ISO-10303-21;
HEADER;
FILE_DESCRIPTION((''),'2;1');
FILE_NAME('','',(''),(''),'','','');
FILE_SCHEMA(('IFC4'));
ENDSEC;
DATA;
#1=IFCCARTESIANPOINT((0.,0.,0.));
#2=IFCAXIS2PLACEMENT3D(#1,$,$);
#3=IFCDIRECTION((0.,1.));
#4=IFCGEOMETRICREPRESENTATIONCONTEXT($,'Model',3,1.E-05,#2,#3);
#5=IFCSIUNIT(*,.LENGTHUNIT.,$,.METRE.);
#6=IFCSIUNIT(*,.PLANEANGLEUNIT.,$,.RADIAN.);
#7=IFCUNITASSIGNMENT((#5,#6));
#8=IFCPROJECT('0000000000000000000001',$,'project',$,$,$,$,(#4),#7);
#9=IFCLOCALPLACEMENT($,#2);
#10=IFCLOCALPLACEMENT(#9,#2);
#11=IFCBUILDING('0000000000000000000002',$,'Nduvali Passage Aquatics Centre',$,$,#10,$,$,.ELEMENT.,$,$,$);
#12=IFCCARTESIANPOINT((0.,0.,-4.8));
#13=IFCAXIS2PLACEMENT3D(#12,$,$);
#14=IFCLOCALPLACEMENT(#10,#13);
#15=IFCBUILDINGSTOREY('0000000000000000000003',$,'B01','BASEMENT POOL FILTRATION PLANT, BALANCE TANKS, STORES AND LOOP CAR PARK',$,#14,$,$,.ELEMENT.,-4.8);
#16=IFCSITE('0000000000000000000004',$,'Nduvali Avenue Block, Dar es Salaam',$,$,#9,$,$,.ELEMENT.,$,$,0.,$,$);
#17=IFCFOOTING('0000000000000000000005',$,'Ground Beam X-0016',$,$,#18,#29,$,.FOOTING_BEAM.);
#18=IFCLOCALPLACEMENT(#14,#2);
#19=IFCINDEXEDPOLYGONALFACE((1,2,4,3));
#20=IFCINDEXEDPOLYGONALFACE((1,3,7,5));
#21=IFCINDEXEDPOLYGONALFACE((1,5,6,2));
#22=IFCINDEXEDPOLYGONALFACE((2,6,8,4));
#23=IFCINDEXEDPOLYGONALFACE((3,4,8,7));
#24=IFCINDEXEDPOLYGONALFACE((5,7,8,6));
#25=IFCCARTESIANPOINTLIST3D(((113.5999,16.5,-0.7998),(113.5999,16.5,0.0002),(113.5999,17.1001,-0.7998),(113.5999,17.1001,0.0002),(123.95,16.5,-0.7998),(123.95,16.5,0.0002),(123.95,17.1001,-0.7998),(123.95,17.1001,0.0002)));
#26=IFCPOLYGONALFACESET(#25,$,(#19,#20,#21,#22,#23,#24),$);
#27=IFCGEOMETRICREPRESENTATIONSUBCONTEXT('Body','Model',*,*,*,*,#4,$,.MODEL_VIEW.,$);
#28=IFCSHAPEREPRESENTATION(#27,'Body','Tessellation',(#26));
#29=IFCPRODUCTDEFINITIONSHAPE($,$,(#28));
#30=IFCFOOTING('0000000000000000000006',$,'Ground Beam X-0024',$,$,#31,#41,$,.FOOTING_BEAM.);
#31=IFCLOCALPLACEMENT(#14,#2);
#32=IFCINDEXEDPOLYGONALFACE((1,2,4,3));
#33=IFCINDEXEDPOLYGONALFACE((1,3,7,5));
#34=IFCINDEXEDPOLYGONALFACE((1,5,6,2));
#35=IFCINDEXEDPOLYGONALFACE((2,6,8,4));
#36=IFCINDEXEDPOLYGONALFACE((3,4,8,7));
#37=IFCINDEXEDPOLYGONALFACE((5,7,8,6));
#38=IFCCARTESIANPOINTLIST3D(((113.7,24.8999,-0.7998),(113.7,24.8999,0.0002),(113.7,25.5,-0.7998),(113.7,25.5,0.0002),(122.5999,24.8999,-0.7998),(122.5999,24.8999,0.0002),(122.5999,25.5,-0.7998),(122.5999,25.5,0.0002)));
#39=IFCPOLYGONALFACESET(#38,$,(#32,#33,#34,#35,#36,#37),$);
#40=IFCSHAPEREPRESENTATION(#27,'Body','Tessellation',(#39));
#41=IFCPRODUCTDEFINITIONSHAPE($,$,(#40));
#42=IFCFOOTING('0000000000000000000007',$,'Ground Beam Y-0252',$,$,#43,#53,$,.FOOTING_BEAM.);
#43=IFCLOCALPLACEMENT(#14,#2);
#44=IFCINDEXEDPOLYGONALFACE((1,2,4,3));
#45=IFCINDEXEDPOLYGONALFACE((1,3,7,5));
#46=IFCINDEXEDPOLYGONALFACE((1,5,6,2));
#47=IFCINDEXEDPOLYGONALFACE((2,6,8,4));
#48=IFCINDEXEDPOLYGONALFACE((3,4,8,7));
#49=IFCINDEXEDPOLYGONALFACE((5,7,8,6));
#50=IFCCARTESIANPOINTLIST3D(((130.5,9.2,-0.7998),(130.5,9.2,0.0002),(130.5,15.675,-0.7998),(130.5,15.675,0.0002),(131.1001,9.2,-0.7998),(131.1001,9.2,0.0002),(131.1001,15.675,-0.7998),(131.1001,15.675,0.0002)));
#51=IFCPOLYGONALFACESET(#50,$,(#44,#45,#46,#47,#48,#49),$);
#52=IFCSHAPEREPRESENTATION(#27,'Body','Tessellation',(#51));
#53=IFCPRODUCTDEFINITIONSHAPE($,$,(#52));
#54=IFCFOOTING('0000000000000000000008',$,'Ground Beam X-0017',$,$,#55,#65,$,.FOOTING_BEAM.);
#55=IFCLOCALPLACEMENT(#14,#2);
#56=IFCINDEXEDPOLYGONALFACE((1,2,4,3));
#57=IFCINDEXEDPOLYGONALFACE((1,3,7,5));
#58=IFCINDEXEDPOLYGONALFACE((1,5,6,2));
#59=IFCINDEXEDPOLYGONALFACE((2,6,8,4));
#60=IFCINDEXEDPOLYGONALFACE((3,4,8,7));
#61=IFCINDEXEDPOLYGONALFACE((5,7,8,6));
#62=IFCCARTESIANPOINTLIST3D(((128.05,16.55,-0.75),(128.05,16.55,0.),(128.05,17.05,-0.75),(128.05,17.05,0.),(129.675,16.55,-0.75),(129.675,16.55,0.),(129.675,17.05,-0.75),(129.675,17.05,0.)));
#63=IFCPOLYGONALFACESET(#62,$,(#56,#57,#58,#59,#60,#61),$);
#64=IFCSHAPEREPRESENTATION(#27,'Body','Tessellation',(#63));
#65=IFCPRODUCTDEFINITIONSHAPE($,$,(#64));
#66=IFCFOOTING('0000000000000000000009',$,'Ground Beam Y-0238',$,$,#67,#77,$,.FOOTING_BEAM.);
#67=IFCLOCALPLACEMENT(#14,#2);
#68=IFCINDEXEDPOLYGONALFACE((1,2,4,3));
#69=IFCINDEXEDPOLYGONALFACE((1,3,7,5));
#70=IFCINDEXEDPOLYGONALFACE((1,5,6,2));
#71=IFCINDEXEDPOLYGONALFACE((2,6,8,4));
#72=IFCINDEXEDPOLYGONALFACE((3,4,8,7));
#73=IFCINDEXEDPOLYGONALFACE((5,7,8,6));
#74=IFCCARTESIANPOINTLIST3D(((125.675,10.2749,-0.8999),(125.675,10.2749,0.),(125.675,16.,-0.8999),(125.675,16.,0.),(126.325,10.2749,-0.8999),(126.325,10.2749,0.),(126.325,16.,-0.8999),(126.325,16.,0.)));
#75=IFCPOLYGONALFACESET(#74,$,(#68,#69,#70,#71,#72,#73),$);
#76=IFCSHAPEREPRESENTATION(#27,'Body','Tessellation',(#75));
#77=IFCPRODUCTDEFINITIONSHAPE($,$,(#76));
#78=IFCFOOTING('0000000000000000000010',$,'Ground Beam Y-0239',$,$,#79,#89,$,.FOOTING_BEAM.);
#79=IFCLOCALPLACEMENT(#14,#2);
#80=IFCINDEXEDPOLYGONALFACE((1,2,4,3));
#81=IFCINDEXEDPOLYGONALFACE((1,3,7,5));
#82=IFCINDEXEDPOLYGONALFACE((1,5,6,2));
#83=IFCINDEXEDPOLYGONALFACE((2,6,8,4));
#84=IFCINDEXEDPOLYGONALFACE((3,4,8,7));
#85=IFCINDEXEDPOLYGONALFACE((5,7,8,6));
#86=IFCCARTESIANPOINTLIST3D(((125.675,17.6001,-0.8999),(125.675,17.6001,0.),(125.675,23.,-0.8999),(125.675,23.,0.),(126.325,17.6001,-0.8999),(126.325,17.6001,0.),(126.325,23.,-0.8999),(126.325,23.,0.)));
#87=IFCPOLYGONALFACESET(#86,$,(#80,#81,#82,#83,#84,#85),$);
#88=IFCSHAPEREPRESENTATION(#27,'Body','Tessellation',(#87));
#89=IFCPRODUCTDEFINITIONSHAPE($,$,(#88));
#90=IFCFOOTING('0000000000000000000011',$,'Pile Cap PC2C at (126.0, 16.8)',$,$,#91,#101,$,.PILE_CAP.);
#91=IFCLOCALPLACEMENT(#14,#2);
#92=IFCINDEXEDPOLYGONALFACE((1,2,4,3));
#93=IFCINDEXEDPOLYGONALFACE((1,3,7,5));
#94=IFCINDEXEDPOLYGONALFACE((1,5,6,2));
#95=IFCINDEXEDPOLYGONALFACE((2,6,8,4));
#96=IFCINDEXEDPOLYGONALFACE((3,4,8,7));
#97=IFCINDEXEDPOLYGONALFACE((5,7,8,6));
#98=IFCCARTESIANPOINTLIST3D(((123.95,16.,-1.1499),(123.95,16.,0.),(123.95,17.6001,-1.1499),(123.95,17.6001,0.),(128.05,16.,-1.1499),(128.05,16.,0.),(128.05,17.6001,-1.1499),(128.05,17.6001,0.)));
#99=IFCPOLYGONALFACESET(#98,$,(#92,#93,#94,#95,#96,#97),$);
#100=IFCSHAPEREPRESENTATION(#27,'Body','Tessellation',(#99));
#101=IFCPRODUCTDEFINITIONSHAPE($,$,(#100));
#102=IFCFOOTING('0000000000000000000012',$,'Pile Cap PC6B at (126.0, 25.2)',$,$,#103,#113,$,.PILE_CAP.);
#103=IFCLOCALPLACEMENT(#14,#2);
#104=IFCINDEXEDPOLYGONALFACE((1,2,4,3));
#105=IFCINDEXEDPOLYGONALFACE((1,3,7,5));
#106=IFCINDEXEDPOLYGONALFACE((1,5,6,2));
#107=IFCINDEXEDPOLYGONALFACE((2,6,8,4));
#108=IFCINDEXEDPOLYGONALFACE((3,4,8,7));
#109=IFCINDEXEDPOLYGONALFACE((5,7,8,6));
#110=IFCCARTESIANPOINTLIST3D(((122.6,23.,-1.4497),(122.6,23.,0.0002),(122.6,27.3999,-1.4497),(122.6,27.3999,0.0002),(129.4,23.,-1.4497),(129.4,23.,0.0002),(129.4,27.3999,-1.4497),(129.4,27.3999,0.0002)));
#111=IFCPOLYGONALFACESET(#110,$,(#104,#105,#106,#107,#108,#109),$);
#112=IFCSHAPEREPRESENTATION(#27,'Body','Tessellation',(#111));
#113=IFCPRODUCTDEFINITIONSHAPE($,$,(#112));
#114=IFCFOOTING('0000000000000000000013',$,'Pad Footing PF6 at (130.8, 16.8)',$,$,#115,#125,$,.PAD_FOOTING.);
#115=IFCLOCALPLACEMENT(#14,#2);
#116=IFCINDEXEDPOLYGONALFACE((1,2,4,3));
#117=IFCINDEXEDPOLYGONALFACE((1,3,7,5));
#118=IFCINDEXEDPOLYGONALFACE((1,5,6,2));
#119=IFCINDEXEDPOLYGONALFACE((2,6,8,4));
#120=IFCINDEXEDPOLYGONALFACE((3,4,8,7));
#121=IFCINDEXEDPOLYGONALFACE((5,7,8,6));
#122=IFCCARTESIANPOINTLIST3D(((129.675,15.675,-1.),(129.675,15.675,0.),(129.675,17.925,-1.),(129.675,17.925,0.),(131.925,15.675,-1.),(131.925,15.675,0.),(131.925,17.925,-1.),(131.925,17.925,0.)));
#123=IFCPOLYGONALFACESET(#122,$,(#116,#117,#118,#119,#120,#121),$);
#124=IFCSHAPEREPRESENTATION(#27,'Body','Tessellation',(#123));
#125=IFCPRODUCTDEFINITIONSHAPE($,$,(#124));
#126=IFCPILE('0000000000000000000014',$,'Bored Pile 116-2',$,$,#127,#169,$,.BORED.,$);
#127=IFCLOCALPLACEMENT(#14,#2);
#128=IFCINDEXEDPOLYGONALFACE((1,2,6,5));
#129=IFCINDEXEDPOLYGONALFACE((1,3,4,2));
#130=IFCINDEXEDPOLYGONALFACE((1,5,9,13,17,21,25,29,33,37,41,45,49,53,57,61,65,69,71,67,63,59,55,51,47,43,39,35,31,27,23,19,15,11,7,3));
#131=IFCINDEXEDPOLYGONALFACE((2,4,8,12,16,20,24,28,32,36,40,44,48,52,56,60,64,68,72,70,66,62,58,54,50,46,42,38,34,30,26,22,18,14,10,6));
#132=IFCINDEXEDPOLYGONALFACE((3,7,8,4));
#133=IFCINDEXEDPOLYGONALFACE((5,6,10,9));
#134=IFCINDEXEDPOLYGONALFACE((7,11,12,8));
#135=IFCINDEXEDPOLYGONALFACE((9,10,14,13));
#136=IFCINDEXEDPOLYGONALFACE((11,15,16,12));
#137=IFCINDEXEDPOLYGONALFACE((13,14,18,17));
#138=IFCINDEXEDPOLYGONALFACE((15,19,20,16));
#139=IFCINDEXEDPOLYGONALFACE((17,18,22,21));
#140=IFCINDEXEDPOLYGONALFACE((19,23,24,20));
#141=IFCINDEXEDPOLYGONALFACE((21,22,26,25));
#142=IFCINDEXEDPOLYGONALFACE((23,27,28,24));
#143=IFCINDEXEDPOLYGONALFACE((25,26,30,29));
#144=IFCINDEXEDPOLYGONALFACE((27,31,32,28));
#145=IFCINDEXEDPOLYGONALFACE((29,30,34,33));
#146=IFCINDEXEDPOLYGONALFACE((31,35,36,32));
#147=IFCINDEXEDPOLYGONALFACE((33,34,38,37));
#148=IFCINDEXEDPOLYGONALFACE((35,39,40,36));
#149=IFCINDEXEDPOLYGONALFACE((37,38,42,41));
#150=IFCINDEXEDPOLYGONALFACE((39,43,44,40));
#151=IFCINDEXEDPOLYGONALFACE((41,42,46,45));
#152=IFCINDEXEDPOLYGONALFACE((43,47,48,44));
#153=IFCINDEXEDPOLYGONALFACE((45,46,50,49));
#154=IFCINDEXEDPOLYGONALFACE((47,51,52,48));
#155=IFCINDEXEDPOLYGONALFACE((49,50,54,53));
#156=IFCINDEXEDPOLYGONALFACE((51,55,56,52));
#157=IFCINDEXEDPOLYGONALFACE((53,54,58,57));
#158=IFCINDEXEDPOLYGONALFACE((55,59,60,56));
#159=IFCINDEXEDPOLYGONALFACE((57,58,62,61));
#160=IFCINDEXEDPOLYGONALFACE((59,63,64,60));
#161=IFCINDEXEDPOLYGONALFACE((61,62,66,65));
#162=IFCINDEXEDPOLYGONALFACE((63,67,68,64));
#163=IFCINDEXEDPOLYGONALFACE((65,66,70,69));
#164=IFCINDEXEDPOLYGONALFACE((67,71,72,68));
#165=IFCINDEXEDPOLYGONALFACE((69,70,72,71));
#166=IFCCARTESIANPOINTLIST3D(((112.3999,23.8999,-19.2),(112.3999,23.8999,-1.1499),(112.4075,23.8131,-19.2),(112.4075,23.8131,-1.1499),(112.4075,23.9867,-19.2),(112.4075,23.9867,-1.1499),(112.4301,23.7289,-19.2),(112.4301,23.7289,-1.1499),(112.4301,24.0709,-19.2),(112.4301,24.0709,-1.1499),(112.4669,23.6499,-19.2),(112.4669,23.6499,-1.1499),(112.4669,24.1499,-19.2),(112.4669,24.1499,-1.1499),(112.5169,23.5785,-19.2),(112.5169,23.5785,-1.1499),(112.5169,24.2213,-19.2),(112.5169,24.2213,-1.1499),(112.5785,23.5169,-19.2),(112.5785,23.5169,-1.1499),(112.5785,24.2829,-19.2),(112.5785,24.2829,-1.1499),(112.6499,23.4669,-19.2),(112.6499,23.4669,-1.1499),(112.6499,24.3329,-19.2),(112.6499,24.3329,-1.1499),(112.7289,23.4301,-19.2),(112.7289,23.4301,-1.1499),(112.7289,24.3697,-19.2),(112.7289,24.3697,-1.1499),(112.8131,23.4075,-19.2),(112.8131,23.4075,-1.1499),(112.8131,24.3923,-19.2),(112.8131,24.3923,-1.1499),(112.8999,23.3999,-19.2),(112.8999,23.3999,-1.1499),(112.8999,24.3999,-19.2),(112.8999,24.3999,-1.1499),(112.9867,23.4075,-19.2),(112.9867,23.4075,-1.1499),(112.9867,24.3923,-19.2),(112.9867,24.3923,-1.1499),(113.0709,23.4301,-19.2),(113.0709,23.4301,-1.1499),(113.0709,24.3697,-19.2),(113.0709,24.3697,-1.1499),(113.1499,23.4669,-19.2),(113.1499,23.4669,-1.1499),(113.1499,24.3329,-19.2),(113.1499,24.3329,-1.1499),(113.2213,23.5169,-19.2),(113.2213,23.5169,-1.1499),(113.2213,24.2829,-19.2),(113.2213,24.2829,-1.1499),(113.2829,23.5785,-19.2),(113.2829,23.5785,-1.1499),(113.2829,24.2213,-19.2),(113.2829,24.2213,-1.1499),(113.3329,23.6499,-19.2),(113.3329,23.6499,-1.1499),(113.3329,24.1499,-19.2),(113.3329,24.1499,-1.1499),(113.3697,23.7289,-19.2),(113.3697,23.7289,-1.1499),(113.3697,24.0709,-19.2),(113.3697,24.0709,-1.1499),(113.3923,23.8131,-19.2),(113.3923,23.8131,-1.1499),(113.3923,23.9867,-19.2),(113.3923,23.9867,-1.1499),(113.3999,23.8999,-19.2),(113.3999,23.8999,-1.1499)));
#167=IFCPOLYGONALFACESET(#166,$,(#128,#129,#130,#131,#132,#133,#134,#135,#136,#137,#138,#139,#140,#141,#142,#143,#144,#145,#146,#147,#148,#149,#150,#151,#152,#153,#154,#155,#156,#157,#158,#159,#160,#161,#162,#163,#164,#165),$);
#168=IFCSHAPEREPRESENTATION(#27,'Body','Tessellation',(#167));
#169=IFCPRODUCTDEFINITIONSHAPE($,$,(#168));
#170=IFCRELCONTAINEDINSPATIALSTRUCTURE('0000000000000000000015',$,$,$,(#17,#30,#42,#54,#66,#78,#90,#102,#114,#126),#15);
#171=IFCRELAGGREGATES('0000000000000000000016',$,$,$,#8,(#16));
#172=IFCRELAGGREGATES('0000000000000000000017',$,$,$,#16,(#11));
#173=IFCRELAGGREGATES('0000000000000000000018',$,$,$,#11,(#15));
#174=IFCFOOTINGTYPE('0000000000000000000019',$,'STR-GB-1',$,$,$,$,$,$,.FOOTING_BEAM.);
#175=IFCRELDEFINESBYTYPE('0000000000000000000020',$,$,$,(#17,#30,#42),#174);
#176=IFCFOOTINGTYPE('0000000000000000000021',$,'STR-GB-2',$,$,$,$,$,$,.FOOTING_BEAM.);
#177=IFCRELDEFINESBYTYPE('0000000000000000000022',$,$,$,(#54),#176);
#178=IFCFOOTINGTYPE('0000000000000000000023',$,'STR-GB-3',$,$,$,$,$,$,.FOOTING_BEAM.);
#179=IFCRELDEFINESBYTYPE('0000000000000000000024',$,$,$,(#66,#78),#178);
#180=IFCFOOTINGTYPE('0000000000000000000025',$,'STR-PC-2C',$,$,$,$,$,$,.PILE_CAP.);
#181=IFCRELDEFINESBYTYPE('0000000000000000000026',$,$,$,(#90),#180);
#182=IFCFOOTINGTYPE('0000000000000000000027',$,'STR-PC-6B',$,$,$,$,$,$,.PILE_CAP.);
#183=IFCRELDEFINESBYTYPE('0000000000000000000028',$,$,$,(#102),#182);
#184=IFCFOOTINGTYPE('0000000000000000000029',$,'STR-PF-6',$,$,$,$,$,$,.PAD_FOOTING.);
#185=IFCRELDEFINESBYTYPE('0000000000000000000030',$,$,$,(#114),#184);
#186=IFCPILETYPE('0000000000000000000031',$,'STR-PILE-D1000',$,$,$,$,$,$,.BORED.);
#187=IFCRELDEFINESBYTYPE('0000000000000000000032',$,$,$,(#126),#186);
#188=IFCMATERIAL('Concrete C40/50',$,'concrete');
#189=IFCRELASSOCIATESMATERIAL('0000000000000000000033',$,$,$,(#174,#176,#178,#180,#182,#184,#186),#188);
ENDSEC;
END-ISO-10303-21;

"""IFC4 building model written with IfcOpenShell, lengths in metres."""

from ifc_helpers import new_model, si_unit, direction, frame, origin, origin_2d, place, context, subcontext, project, spatial, rectangle, circle, extrude, material, material_profile, profile_set, type_object, element, save


model = new_model("IFC4")

# Units and contexts
model_context = context("Model", 3, precision=1e-05, world=origin(), true_north=direction((0.0, 1.0)))
body_context = subcontext(model_context, "Body", "Model", "MODEL_VIEW")
ifc_project = project(units=[si_unit("LENGTHUNIT", "METRE"), si_unit("PLANEANGLEUNIT", "RADIAN")], contexts=[model_context])

# Site, building, storey
site_placement = place(None, origin())
site = spatial("IfcSite", under=ifc_project, at=site_placement, Name="Nduvali Avenue Block, Dar es Salaam", CompositionType="ELEMENT", RefElevation=0.0)
building_placement = place(site_placement, origin())
building = spatial("IfcBuilding", under=site, at=building_placement, Name="Nduvali Passage Aquatics Centre", CompositionType="ELEMENT")
storey_placement = place(building_placement, frame((0.0, 0.0, -4.8)))
storey = spatial("IfcBuildingStorey", under=building, at=storey_placement, Name="B01", Description="BASEMENT POOL FILTRATION PLANT, BALANCE TANKS, STORES AND LOOP CAR PARK", CompositionType="ELEMENT", Elevation=-4.8)

# Footings
ifc_material_1 = material(Name="Concrete C40/50", Category="concrete")
footing_type_1 = type_object("IfcFootingType", Name="STR-GB-1", PredefinedType="FOOTING_BEAM", material=ifc_material_1)
footing_1_placement = place(storey_placement, frame((118.7749, 16.8, -0.7998), z_axis=(0.0, 0.0, 1.0), x_axis=(1.0, 0.0, 0.0)))
element("IfcFooting", 1, at=footing_1_placement, inside=storey, type_object=footing_type_1, Name="Ground Beam X-0016", PredefinedType="FOOTING_BEAM", context=body_context, shape_type="SweptSolid", body=[
    extrude(rectangle(XDim=10.3501, YDim=0.6001, at=origin_2d()), origin(), (0.0, 0.0, 1.0), 0.8),
])
footing_2_placement = place(storey_placement, frame((118.1499, 25.2, -0.7998), z_axis=(0.0, 0.0, 1.0), x_axis=(1.0, 0.0, 0.0)))
element("IfcFooting", 2, at=footing_2_placement, inside=storey, type_object=footing_type_1, Name="Ground Beam X-0024", PredefinedType="FOOTING_BEAM", context=body_context, shape_type="SweptSolid", body=[
    extrude(rectangle(XDim=8.8999, YDim=0.6001, at=origin_2d()), origin(), (0.0, 0.0, 1.0), 0.8),
])
footing_3_placement = place(storey_placement, frame((130.8, 12.4375, -0.7998), z_axis=(0.0, 0.0, 1.0), x_axis=(0.0, 1.0, 0.0)))
element("IfcFooting", 3, at=footing_3_placement, inside=storey, type_object=footing_type_1, Name="Ground Beam Y-0252", PredefinedType="FOOTING_BEAM", context=body_context, shape_type="SweptSolid", body=[
    extrude(rectangle(XDim=6.4751, YDim=0.6001, at=origin_2d()), origin(), (0.0, 0.0, 1.0), 0.8),
])
footing_type_2 = type_object("IfcFootingType", Name="STR-GB-2", PredefinedType="FOOTING_BEAM", material=ifc_material_1)
footing_4_placement = place(storey_placement, frame((128.8625, 16.8, -0.75), z_axis=(0.0, 0.0, 1.0), x_axis=(1.0, 0.0, 0.0)))
element("IfcFooting", 4, at=footing_4_placement, inside=storey, type_object=footing_type_2, Name="Ground Beam X-0017", PredefinedType="FOOTING_BEAM", context=body_context, shape_type="SweptSolid", body=[
    extrude(rectangle(XDim=1.625, YDim=0.5, at=origin_2d()), origin(), (0.0, 0.0, 1.0), 0.75),
])
footing_type_3 = type_object("IfcFootingType", Name="STR-GB-3", PredefinedType="FOOTING_BEAM", material=ifc_material_1)
footing_5_placement = place(storey_placement, frame((126.0, 13.1375, -0.8999), z_axis=(0.0, 0.0, 1.0), x_axis=(0.0, 1.0, 0.0)))
element("IfcFooting", 5, at=footing_5_placement, inside=storey, type_object=footing_type_3, Name="Ground Beam Y-0238", PredefinedType="FOOTING_BEAM", context=body_context, shape_type="SweptSolid", body=[
    extrude(rectangle(XDim=5.7251, YDim=0.6499, at=origin_2d()), origin(), (0.0, 0.0, 1.0), 0.8999),
])
footing_6_placement = place(storey_placement, frame((126.0, 20.3, -0.8999), z_axis=(0.0, 0.0, 1.0), x_axis=(0.0, 1.0, 0.0)))
element("IfcFooting", 6, at=footing_6_placement, inside=storey, type_object=footing_type_3, Name="Ground Beam Y-0239", PredefinedType="FOOTING_BEAM", context=body_context, shape_type="SweptSolid", body=[
    extrude(rectangle(XDim=5.3999, YDim=0.6499, at=origin_2d()), origin(), (0.0, 0.0, 1.0), 0.8999),
])
footing_type_4 = type_object("IfcFootingType", Name="STR-PC-2C", PredefinedType="PILE_CAP", material=ifc_material_1)
footing_7_placement = place(storey_placement, frame((126.0, 16.8, -1.1499), z_axis=(0.0, 0.0, 1.0), x_axis=(1.0, 0.0, 0.0)))
element("IfcFooting", 7, at=footing_7_placement, inside=storey, type_object=footing_type_4, Name="Pile Cap PC2C at (126.0, 16.8)", PredefinedType="PILE_CAP", context=body_context, shape_type="SweptSolid", body=[
    extrude(rectangle(XDim=4.1001, YDim=1.6001, at=origin_2d()), origin(), (0.0, 0.0, 1.0), 1.1499),
])
footing_type_5 = type_object("IfcFootingType", Name="STR-PC-6B", PredefinedType="PILE_CAP", material=ifc_material_1)
footing_8_placement = place(storey_placement, frame((126.0, 25.2, -1.4497), z_axis=(0.0, 0.0, 1.0), x_axis=(1.0, 0.0, 0.0)))
element("IfcFooting", 8, at=footing_8_placement, inside=storey, type_object=footing_type_5, Name="Pile Cap PC6B at (126.0, 25.2)", PredefinedType="PILE_CAP", context=body_context, shape_type="SweptSolid", body=[
    extrude(rectangle(XDim=6.8, YDim=4.3999, at=origin_2d()), origin(), (0.0, 0.0, 1.0), 1.45),
])
footing_type_6 = type_object("IfcFootingType", Name="STR-PF-6", PredefinedType="PAD_FOOTING", material=ifc_material_1)
footing_9_placement = place(storey_placement, frame((130.8, 16.8, -1.0), z_axis=(0.0, 0.0, 1.0), x_axis=(1.0, 0.0, 0.0)))
element("IfcFooting", 9, at=footing_9_placement, inside=storey, type_object=footing_type_6, Name="Pad Footing PF6 at (130.8, 16.8)", PredefinedType="PAD_FOOTING", context=body_context, shape_type="SweptSolid", body=[
    extrude(rectangle(XDim=2.25, YDim=2.25, at=origin_2d()), origin(), (0.0, 0.0, 1.0), 1.0),
])

# Pile
ifc_material_profile_1 = material_profile(ifc_material_1, circle(Radius=0.5, at=origin_2d()), Name="PILE D1000")
ifc_profile_set_1 = profile_set([ifc_material_profile_1], Name="Concrete C40/50")
pile_type_1 = type_object("IfcPileType", Name="STR-PILE-D1000", PredefinedType="BORED", material=ifc_profile_set_1)
pile_placement = place(storey_placement, frame((112.8999, 23.8999, -1.1499), z_axis=(0.0, 0.0, -1.0), x_axis=(1.0, 0.0, 0.0)))
element("IfcPile", 10, at=pile_placement, inside=storey, type_object=pile_type_1, Name="Bored Pile 116-2", PredefinedType="BORED", context=body_context, shape_type="SweptSolid", body=[
    extrude(circle(Radius=0.5, at=origin_2d()), origin(), (0.0, 0.0, 1.0), 18.05),
])

save(model, "model.ifc")
